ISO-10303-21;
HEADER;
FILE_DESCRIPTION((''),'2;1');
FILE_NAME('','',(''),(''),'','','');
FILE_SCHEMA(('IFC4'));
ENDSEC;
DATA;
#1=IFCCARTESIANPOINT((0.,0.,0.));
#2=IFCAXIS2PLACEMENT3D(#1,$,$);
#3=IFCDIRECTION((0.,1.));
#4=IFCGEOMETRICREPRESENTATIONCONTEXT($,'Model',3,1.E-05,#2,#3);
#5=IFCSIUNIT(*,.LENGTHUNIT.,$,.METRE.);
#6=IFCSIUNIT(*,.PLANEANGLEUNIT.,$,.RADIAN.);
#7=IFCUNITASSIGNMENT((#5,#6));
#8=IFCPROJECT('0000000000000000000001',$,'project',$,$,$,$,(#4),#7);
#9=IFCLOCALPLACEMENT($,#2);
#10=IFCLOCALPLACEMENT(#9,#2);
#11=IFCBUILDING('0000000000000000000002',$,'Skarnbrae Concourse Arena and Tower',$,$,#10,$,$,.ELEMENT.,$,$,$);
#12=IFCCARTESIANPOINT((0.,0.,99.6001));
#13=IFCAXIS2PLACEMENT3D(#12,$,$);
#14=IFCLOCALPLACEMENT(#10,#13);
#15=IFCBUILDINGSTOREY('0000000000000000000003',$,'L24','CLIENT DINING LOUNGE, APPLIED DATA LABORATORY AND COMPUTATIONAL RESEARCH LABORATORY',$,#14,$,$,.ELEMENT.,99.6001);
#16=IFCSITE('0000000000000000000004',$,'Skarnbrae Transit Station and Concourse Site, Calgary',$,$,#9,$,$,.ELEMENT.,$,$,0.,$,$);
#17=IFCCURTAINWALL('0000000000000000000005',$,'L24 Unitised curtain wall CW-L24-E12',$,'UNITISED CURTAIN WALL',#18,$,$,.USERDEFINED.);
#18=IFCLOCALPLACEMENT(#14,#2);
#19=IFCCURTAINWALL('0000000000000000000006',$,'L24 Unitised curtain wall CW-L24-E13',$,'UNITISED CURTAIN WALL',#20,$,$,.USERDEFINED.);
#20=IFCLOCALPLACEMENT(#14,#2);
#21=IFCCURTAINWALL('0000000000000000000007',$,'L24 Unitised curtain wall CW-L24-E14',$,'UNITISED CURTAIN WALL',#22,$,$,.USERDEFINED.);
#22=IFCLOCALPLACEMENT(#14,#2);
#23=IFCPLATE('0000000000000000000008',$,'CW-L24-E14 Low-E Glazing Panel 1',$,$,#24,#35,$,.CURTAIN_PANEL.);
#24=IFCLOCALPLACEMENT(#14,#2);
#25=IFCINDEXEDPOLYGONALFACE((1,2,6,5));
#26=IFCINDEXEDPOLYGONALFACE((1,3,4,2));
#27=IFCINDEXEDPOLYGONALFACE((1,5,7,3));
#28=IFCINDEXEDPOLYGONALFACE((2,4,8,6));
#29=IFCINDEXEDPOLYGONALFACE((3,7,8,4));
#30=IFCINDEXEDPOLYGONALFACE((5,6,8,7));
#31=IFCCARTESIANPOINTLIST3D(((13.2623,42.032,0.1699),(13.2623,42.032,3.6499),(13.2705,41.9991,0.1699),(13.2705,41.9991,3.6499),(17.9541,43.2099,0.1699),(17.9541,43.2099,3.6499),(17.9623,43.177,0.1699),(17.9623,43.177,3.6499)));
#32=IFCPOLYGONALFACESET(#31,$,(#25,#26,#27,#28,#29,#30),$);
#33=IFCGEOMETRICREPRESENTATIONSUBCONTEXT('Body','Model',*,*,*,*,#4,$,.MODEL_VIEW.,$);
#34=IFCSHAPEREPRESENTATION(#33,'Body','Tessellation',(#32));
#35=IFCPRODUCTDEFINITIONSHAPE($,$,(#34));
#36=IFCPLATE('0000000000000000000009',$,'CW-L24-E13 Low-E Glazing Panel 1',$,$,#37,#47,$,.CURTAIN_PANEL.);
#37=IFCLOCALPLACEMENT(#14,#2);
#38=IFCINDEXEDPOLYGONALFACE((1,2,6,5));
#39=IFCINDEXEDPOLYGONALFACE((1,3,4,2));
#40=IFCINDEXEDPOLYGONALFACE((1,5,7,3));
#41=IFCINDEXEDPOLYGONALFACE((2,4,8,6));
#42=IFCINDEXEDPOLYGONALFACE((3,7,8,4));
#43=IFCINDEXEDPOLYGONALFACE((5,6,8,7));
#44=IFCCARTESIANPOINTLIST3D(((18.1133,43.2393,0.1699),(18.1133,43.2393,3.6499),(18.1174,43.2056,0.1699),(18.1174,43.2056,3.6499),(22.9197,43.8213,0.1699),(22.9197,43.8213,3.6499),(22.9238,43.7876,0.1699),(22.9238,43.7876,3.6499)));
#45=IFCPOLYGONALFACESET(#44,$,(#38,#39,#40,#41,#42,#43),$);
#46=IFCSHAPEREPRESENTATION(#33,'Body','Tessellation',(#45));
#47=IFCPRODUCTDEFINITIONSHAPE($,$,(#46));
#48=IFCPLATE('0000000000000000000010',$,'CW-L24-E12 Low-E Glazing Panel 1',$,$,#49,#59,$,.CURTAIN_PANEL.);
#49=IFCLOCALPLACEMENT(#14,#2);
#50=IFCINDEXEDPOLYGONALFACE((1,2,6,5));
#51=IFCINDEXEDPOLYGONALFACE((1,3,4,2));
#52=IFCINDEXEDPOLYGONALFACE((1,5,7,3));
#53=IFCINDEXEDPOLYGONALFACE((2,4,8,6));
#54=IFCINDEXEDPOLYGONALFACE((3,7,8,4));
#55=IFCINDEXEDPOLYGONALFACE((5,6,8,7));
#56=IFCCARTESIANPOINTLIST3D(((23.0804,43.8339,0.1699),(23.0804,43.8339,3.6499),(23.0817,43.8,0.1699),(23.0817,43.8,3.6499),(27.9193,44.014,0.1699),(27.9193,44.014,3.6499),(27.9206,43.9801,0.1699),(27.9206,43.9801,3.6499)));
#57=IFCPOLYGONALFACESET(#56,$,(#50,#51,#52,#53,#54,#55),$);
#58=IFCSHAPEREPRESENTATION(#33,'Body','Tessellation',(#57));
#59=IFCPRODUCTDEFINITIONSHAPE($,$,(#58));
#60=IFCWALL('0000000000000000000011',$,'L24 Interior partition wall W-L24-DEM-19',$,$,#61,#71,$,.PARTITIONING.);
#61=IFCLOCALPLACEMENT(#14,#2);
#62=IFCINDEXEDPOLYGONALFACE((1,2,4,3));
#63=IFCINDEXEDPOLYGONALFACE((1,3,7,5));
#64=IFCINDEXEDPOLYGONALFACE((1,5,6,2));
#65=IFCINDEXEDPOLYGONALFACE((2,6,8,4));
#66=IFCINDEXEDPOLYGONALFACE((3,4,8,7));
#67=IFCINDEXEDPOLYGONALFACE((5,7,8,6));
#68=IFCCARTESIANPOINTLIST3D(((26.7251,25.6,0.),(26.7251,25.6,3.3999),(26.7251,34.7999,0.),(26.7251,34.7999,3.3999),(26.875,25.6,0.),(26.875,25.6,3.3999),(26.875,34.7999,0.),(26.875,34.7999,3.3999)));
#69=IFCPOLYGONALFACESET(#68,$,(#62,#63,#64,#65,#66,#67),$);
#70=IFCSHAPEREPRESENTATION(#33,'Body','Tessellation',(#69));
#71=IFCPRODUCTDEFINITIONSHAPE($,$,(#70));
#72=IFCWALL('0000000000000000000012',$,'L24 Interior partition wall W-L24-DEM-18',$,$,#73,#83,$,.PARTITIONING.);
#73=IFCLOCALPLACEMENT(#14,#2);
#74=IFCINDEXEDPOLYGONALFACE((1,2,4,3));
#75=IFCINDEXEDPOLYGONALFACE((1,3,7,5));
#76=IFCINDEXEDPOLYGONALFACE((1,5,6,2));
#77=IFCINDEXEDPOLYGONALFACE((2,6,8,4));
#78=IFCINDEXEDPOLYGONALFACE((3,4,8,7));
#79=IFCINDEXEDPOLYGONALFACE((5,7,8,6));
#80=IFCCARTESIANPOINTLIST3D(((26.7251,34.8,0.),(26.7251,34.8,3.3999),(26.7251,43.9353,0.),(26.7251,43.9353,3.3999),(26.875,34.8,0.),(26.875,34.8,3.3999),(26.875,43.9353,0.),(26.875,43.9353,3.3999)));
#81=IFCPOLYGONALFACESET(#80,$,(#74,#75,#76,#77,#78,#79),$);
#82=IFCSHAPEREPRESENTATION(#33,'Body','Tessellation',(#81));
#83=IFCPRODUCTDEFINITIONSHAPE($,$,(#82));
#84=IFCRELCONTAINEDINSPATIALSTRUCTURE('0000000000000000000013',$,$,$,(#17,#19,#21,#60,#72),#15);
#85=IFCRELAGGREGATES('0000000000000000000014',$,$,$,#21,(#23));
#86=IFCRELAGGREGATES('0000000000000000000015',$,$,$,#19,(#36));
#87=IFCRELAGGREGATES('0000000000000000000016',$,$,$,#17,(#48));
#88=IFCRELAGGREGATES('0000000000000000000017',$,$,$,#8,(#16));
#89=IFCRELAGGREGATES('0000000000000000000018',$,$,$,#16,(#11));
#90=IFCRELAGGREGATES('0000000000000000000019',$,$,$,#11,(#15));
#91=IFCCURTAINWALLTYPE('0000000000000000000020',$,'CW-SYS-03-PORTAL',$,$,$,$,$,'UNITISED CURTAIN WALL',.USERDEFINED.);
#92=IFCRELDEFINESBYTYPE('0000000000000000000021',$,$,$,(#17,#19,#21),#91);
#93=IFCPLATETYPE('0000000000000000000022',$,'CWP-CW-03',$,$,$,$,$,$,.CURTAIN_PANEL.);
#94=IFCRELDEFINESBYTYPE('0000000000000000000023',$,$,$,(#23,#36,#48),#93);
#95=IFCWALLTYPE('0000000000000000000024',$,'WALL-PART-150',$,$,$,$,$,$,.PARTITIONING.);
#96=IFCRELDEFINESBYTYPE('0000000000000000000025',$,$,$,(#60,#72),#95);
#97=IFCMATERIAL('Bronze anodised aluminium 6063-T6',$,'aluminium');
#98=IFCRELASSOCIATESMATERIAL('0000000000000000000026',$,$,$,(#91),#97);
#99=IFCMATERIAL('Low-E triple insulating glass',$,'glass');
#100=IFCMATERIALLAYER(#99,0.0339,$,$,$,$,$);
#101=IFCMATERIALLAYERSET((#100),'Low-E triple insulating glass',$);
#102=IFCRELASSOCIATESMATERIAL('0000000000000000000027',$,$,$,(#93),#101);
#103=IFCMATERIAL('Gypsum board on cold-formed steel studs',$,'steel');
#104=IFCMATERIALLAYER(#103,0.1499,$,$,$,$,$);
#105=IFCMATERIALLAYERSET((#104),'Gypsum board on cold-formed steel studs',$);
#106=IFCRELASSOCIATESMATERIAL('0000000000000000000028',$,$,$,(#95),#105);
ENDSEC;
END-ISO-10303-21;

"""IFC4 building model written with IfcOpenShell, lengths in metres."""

from ifc_helpers import new_model, si_unit, direction, frame, frame_2d, origin, origin_2d, place, context, subcontext, project, spatial, rectangle, extrude, source, transform, mapped, material, layer, layer_set, type_object, element, aggregate, save


model = new_model("IFC4")

# Units and contexts
model_context = context("Model", 3, precision=1e-05, world=origin(), true_north=direction((0.0, 1.0)))
body_context = subcontext(model_context, "Body", "Model", "MODEL_VIEW")
ifc_project = project(units=[si_unit("LENGTHUNIT", "METRE"), si_unit("PLANEANGLEUNIT", "RADIAN")], contexts=[model_context])

# Site, building, storey
site_placement = place(None, origin())
site = spatial("IfcSite", under=ifc_project, at=site_placement, Name="Skarnbrae Transit Station and Concourse Site, Calgary", CompositionType="ELEMENT", RefElevation=0.0)
building_placement = place(site_placement, origin())
building = spatial("IfcBuilding", under=site, at=building_placement, Name="Skarnbrae Concourse Arena and Tower", CompositionType="ELEMENT")
storey_placement = place(building_placement, frame((0.0, 0.0, 99.6001)))
storey = spatial("IfcBuildingStorey", under=building, at=storey_placement, Name="L24", Description="CLIENT DINING LOUNGE, APPLIED DATA LABORATORY AND COMPUTATIONAL RESEARCH LABORATORY", CompositionType="ELEMENT", Elevation=99.6001)

# Curtain walls
ifc_material_1 = material(Name="Bronze anodised aluminium 6063-T6", Category="aluminium")
curtain_wall_type = type_object("IfcCurtainWallType", Name="CW-SYS-03-PORTAL", ElementType="UNITISED CURTAIN WALL", PredefinedType="USERDEFINED", material=ifc_material_1)
curtain_wall_1_placement = place(storey_placement, origin())
curtain_wall_1 = element("IfcCurtainWall", 1, at=curtain_wall_1_placement, inside=storey, type_object=curtain_wall_type, Name="L24 Unitised curtain wall CW-L24-E12", ObjectType="UNITISED CURTAIN WALL", PredefinedType="USERDEFINED")
curtain_wall_2_placement = place(storey_placement, origin())
curtain_wall_2 = element("IfcCurtainWall", 2, at=curtain_wall_2_placement, inside=storey, type_object=curtain_wall_type, Name="L24 Unitised curtain wall CW-L24-E13", ObjectType="UNITISED CURTAIN WALL", PredefinedType="USERDEFINED")
curtain_wall_3_placement = place(storey_placement, origin())
curtain_wall_3 = element("IfcCurtainWall", 3, at=curtain_wall_3_placement, inside=storey, type_object=curtain_wall_type, Name="L24 Unitised curtain wall CW-L24-E14", ObjectType="UNITISED CURTAIN WALL", PredefinedType="USERDEFINED")

# Plates
ifc_material_2 = material(Name="Low-E triple insulating glass", Category="glass")
ifc_layer_1 = layer(ifc_material_2, 0.0339)
ifc_layer_set_1 = layer_set([ifc_layer_1], Name="Low-E triple insulating glass")
plate_type = type_object("IfcPlateType", Name="CWP-CW-03", PredefinedType="CURTAIN_PANEL", material=ifc_layer_set_1)
shared_shape_1 = source(origin(), body_context, "Body", "SweptSolid", [
    extrude(rectangle(XDim=4.8374, YDim=0.0339, at=origin_2d()), origin(), (0.0, 0.0, 1.0), 3.48),
])
plate_1_placement = place(storey_placement, frame((15.6123, 42.6045, 0.1699), z_axis=(0.0, 0.0, 1.0), x_axis=(-0.969903, -0.243491, 0.0)))
plate_1 = element("IfcPlate", 4, at=plate_1_placement, type_object=plate_type, Name="CW-L24-E14 Low-E Glazing Panel 1", PredefinedType="CURTAIN_PANEL", context=body_context, shape_type="MappedRepresentation", body=[
    mapped(shared_shape_1, transform((0.0, 0.0, 0.0))),
])
aggregate(curtain_wall_3, [plate_1])
shared_shape_2 = source(origin(), body_context, "Body", "SweptSolid", [
    extrude(rectangle(XDim=4.8416, YDim=0.0339, at=origin_2d()), origin(), (0.0, 0.0, 1.0), 3.48),
])
plate_2_placement = place(storey_placement, frame((20.5186, 43.5134, 0.1699), z_axis=(0.0, 0.0, 1.0), x_axis=(-0.992749, -0.120203, 0.0)))
plate_2 = element("IfcPlate", 5, at=plate_2_placement, type_object=plate_type, Name="CW-L24-E13 Low-E Glazing Panel 1", PredefinedType="CURTAIN_PANEL", context=body_context, shape_type="MappedRepresentation", body=[
    mapped(shared_shape_2, transform((0.0, 0.0, 0.0))),
])
aggregate(curtain_wall_2, [plate_2])
shared_shape_3 = source(origin(), body_context, "Body", "SweptSolid", [
    extrude(rectangle(XDim=4.8423, YDim=0.0339, at=origin_2d()), origin(), (0.0, 0.0, 1.0), 3.48),
])
plate_3_placement = place(storey_placement, frame((25.5005, 43.907, 0.1699), z_axis=(0.0, 0.0, 1.0), x_axis=(-0.999308, -0.037183, 0.0)))
plate_3 = element("IfcPlate", 6, at=plate_3_placement, type_object=plate_type, Name="CW-L24-E12 Low-E Glazing Panel 1", PredefinedType="CURTAIN_PANEL", context=body_context, shape_type="MappedRepresentation", body=[
    mapped(shared_shape_3, transform((0.0, 0.0, 0.0))),
])
aggregate(curtain_wall_1, [plate_3])

# Walls
ifc_material_3 = material(Name="Gypsum board on cold-formed steel studs", Category="steel")
ifc_layer_2 = layer(ifc_material_3, 0.1499)
ifc_layer_set_2 = layer_set([ifc_layer_2], Name="Gypsum board on cold-formed steel studs")
wall_type = type_object("IfcWallType", Name="WALL-PART-150", PredefinedType="PARTITIONING", material=ifc_layer_set_2)
shared_shape_4 = source(origin(), body_context, "Body", "SweptSolid", [
    extrude(rectangle(XDim=9.2, YDim=0.1499, at=frame_2d((4.6001, 0.0))), origin(), (0.0, 0.0, 1.0), 3.3999),
])
wall_1_placement = place(storey_placement, frame((26.8, 34.8, 0.0), z_axis=(0.0, 0.0, 1.0), x_axis=(0.0, -1.0, 0.0)))
element("IfcWall", 7, at=wall_1_placement, inside=storey, type_object=wall_type, Name="L24 Interior partition wall W-L24-DEM-19", PredefinedType="PARTITIONING", context=body_context, shape_type="MappedRepresentation", body=[
    mapped(shared_shape_4, transform((0.0, 0.0, 0.0))),
])
shared_shape_5 = source(origin(), body_context, "Body", "SweptSolid", [
    extrude(rectangle(XDim=9.1353, YDim=0.1499, at=frame_2d((4.5676, 0.0))), origin(), (0.0, 0.0, 1.0), 3.3999),
])
wall_2_placement = place(storey_placement, frame((26.8, 43.9353, 0.0), z_axis=(0.0, 0.0, 1.0), x_axis=(0.0, -1.0, 0.0)))
element("IfcWall", 8, at=wall_2_placement, inside=storey, type_object=wall_type, Name="L24 Interior partition wall W-L24-DEM-18", PredefinedType="PARTITIONING", context=body_context, shape_type="MappedRepresentation", body=[
    mapped(shared_shape_5, transform((0.0, 0.0, 0.0))),
])

save(model, "model.ifc")
